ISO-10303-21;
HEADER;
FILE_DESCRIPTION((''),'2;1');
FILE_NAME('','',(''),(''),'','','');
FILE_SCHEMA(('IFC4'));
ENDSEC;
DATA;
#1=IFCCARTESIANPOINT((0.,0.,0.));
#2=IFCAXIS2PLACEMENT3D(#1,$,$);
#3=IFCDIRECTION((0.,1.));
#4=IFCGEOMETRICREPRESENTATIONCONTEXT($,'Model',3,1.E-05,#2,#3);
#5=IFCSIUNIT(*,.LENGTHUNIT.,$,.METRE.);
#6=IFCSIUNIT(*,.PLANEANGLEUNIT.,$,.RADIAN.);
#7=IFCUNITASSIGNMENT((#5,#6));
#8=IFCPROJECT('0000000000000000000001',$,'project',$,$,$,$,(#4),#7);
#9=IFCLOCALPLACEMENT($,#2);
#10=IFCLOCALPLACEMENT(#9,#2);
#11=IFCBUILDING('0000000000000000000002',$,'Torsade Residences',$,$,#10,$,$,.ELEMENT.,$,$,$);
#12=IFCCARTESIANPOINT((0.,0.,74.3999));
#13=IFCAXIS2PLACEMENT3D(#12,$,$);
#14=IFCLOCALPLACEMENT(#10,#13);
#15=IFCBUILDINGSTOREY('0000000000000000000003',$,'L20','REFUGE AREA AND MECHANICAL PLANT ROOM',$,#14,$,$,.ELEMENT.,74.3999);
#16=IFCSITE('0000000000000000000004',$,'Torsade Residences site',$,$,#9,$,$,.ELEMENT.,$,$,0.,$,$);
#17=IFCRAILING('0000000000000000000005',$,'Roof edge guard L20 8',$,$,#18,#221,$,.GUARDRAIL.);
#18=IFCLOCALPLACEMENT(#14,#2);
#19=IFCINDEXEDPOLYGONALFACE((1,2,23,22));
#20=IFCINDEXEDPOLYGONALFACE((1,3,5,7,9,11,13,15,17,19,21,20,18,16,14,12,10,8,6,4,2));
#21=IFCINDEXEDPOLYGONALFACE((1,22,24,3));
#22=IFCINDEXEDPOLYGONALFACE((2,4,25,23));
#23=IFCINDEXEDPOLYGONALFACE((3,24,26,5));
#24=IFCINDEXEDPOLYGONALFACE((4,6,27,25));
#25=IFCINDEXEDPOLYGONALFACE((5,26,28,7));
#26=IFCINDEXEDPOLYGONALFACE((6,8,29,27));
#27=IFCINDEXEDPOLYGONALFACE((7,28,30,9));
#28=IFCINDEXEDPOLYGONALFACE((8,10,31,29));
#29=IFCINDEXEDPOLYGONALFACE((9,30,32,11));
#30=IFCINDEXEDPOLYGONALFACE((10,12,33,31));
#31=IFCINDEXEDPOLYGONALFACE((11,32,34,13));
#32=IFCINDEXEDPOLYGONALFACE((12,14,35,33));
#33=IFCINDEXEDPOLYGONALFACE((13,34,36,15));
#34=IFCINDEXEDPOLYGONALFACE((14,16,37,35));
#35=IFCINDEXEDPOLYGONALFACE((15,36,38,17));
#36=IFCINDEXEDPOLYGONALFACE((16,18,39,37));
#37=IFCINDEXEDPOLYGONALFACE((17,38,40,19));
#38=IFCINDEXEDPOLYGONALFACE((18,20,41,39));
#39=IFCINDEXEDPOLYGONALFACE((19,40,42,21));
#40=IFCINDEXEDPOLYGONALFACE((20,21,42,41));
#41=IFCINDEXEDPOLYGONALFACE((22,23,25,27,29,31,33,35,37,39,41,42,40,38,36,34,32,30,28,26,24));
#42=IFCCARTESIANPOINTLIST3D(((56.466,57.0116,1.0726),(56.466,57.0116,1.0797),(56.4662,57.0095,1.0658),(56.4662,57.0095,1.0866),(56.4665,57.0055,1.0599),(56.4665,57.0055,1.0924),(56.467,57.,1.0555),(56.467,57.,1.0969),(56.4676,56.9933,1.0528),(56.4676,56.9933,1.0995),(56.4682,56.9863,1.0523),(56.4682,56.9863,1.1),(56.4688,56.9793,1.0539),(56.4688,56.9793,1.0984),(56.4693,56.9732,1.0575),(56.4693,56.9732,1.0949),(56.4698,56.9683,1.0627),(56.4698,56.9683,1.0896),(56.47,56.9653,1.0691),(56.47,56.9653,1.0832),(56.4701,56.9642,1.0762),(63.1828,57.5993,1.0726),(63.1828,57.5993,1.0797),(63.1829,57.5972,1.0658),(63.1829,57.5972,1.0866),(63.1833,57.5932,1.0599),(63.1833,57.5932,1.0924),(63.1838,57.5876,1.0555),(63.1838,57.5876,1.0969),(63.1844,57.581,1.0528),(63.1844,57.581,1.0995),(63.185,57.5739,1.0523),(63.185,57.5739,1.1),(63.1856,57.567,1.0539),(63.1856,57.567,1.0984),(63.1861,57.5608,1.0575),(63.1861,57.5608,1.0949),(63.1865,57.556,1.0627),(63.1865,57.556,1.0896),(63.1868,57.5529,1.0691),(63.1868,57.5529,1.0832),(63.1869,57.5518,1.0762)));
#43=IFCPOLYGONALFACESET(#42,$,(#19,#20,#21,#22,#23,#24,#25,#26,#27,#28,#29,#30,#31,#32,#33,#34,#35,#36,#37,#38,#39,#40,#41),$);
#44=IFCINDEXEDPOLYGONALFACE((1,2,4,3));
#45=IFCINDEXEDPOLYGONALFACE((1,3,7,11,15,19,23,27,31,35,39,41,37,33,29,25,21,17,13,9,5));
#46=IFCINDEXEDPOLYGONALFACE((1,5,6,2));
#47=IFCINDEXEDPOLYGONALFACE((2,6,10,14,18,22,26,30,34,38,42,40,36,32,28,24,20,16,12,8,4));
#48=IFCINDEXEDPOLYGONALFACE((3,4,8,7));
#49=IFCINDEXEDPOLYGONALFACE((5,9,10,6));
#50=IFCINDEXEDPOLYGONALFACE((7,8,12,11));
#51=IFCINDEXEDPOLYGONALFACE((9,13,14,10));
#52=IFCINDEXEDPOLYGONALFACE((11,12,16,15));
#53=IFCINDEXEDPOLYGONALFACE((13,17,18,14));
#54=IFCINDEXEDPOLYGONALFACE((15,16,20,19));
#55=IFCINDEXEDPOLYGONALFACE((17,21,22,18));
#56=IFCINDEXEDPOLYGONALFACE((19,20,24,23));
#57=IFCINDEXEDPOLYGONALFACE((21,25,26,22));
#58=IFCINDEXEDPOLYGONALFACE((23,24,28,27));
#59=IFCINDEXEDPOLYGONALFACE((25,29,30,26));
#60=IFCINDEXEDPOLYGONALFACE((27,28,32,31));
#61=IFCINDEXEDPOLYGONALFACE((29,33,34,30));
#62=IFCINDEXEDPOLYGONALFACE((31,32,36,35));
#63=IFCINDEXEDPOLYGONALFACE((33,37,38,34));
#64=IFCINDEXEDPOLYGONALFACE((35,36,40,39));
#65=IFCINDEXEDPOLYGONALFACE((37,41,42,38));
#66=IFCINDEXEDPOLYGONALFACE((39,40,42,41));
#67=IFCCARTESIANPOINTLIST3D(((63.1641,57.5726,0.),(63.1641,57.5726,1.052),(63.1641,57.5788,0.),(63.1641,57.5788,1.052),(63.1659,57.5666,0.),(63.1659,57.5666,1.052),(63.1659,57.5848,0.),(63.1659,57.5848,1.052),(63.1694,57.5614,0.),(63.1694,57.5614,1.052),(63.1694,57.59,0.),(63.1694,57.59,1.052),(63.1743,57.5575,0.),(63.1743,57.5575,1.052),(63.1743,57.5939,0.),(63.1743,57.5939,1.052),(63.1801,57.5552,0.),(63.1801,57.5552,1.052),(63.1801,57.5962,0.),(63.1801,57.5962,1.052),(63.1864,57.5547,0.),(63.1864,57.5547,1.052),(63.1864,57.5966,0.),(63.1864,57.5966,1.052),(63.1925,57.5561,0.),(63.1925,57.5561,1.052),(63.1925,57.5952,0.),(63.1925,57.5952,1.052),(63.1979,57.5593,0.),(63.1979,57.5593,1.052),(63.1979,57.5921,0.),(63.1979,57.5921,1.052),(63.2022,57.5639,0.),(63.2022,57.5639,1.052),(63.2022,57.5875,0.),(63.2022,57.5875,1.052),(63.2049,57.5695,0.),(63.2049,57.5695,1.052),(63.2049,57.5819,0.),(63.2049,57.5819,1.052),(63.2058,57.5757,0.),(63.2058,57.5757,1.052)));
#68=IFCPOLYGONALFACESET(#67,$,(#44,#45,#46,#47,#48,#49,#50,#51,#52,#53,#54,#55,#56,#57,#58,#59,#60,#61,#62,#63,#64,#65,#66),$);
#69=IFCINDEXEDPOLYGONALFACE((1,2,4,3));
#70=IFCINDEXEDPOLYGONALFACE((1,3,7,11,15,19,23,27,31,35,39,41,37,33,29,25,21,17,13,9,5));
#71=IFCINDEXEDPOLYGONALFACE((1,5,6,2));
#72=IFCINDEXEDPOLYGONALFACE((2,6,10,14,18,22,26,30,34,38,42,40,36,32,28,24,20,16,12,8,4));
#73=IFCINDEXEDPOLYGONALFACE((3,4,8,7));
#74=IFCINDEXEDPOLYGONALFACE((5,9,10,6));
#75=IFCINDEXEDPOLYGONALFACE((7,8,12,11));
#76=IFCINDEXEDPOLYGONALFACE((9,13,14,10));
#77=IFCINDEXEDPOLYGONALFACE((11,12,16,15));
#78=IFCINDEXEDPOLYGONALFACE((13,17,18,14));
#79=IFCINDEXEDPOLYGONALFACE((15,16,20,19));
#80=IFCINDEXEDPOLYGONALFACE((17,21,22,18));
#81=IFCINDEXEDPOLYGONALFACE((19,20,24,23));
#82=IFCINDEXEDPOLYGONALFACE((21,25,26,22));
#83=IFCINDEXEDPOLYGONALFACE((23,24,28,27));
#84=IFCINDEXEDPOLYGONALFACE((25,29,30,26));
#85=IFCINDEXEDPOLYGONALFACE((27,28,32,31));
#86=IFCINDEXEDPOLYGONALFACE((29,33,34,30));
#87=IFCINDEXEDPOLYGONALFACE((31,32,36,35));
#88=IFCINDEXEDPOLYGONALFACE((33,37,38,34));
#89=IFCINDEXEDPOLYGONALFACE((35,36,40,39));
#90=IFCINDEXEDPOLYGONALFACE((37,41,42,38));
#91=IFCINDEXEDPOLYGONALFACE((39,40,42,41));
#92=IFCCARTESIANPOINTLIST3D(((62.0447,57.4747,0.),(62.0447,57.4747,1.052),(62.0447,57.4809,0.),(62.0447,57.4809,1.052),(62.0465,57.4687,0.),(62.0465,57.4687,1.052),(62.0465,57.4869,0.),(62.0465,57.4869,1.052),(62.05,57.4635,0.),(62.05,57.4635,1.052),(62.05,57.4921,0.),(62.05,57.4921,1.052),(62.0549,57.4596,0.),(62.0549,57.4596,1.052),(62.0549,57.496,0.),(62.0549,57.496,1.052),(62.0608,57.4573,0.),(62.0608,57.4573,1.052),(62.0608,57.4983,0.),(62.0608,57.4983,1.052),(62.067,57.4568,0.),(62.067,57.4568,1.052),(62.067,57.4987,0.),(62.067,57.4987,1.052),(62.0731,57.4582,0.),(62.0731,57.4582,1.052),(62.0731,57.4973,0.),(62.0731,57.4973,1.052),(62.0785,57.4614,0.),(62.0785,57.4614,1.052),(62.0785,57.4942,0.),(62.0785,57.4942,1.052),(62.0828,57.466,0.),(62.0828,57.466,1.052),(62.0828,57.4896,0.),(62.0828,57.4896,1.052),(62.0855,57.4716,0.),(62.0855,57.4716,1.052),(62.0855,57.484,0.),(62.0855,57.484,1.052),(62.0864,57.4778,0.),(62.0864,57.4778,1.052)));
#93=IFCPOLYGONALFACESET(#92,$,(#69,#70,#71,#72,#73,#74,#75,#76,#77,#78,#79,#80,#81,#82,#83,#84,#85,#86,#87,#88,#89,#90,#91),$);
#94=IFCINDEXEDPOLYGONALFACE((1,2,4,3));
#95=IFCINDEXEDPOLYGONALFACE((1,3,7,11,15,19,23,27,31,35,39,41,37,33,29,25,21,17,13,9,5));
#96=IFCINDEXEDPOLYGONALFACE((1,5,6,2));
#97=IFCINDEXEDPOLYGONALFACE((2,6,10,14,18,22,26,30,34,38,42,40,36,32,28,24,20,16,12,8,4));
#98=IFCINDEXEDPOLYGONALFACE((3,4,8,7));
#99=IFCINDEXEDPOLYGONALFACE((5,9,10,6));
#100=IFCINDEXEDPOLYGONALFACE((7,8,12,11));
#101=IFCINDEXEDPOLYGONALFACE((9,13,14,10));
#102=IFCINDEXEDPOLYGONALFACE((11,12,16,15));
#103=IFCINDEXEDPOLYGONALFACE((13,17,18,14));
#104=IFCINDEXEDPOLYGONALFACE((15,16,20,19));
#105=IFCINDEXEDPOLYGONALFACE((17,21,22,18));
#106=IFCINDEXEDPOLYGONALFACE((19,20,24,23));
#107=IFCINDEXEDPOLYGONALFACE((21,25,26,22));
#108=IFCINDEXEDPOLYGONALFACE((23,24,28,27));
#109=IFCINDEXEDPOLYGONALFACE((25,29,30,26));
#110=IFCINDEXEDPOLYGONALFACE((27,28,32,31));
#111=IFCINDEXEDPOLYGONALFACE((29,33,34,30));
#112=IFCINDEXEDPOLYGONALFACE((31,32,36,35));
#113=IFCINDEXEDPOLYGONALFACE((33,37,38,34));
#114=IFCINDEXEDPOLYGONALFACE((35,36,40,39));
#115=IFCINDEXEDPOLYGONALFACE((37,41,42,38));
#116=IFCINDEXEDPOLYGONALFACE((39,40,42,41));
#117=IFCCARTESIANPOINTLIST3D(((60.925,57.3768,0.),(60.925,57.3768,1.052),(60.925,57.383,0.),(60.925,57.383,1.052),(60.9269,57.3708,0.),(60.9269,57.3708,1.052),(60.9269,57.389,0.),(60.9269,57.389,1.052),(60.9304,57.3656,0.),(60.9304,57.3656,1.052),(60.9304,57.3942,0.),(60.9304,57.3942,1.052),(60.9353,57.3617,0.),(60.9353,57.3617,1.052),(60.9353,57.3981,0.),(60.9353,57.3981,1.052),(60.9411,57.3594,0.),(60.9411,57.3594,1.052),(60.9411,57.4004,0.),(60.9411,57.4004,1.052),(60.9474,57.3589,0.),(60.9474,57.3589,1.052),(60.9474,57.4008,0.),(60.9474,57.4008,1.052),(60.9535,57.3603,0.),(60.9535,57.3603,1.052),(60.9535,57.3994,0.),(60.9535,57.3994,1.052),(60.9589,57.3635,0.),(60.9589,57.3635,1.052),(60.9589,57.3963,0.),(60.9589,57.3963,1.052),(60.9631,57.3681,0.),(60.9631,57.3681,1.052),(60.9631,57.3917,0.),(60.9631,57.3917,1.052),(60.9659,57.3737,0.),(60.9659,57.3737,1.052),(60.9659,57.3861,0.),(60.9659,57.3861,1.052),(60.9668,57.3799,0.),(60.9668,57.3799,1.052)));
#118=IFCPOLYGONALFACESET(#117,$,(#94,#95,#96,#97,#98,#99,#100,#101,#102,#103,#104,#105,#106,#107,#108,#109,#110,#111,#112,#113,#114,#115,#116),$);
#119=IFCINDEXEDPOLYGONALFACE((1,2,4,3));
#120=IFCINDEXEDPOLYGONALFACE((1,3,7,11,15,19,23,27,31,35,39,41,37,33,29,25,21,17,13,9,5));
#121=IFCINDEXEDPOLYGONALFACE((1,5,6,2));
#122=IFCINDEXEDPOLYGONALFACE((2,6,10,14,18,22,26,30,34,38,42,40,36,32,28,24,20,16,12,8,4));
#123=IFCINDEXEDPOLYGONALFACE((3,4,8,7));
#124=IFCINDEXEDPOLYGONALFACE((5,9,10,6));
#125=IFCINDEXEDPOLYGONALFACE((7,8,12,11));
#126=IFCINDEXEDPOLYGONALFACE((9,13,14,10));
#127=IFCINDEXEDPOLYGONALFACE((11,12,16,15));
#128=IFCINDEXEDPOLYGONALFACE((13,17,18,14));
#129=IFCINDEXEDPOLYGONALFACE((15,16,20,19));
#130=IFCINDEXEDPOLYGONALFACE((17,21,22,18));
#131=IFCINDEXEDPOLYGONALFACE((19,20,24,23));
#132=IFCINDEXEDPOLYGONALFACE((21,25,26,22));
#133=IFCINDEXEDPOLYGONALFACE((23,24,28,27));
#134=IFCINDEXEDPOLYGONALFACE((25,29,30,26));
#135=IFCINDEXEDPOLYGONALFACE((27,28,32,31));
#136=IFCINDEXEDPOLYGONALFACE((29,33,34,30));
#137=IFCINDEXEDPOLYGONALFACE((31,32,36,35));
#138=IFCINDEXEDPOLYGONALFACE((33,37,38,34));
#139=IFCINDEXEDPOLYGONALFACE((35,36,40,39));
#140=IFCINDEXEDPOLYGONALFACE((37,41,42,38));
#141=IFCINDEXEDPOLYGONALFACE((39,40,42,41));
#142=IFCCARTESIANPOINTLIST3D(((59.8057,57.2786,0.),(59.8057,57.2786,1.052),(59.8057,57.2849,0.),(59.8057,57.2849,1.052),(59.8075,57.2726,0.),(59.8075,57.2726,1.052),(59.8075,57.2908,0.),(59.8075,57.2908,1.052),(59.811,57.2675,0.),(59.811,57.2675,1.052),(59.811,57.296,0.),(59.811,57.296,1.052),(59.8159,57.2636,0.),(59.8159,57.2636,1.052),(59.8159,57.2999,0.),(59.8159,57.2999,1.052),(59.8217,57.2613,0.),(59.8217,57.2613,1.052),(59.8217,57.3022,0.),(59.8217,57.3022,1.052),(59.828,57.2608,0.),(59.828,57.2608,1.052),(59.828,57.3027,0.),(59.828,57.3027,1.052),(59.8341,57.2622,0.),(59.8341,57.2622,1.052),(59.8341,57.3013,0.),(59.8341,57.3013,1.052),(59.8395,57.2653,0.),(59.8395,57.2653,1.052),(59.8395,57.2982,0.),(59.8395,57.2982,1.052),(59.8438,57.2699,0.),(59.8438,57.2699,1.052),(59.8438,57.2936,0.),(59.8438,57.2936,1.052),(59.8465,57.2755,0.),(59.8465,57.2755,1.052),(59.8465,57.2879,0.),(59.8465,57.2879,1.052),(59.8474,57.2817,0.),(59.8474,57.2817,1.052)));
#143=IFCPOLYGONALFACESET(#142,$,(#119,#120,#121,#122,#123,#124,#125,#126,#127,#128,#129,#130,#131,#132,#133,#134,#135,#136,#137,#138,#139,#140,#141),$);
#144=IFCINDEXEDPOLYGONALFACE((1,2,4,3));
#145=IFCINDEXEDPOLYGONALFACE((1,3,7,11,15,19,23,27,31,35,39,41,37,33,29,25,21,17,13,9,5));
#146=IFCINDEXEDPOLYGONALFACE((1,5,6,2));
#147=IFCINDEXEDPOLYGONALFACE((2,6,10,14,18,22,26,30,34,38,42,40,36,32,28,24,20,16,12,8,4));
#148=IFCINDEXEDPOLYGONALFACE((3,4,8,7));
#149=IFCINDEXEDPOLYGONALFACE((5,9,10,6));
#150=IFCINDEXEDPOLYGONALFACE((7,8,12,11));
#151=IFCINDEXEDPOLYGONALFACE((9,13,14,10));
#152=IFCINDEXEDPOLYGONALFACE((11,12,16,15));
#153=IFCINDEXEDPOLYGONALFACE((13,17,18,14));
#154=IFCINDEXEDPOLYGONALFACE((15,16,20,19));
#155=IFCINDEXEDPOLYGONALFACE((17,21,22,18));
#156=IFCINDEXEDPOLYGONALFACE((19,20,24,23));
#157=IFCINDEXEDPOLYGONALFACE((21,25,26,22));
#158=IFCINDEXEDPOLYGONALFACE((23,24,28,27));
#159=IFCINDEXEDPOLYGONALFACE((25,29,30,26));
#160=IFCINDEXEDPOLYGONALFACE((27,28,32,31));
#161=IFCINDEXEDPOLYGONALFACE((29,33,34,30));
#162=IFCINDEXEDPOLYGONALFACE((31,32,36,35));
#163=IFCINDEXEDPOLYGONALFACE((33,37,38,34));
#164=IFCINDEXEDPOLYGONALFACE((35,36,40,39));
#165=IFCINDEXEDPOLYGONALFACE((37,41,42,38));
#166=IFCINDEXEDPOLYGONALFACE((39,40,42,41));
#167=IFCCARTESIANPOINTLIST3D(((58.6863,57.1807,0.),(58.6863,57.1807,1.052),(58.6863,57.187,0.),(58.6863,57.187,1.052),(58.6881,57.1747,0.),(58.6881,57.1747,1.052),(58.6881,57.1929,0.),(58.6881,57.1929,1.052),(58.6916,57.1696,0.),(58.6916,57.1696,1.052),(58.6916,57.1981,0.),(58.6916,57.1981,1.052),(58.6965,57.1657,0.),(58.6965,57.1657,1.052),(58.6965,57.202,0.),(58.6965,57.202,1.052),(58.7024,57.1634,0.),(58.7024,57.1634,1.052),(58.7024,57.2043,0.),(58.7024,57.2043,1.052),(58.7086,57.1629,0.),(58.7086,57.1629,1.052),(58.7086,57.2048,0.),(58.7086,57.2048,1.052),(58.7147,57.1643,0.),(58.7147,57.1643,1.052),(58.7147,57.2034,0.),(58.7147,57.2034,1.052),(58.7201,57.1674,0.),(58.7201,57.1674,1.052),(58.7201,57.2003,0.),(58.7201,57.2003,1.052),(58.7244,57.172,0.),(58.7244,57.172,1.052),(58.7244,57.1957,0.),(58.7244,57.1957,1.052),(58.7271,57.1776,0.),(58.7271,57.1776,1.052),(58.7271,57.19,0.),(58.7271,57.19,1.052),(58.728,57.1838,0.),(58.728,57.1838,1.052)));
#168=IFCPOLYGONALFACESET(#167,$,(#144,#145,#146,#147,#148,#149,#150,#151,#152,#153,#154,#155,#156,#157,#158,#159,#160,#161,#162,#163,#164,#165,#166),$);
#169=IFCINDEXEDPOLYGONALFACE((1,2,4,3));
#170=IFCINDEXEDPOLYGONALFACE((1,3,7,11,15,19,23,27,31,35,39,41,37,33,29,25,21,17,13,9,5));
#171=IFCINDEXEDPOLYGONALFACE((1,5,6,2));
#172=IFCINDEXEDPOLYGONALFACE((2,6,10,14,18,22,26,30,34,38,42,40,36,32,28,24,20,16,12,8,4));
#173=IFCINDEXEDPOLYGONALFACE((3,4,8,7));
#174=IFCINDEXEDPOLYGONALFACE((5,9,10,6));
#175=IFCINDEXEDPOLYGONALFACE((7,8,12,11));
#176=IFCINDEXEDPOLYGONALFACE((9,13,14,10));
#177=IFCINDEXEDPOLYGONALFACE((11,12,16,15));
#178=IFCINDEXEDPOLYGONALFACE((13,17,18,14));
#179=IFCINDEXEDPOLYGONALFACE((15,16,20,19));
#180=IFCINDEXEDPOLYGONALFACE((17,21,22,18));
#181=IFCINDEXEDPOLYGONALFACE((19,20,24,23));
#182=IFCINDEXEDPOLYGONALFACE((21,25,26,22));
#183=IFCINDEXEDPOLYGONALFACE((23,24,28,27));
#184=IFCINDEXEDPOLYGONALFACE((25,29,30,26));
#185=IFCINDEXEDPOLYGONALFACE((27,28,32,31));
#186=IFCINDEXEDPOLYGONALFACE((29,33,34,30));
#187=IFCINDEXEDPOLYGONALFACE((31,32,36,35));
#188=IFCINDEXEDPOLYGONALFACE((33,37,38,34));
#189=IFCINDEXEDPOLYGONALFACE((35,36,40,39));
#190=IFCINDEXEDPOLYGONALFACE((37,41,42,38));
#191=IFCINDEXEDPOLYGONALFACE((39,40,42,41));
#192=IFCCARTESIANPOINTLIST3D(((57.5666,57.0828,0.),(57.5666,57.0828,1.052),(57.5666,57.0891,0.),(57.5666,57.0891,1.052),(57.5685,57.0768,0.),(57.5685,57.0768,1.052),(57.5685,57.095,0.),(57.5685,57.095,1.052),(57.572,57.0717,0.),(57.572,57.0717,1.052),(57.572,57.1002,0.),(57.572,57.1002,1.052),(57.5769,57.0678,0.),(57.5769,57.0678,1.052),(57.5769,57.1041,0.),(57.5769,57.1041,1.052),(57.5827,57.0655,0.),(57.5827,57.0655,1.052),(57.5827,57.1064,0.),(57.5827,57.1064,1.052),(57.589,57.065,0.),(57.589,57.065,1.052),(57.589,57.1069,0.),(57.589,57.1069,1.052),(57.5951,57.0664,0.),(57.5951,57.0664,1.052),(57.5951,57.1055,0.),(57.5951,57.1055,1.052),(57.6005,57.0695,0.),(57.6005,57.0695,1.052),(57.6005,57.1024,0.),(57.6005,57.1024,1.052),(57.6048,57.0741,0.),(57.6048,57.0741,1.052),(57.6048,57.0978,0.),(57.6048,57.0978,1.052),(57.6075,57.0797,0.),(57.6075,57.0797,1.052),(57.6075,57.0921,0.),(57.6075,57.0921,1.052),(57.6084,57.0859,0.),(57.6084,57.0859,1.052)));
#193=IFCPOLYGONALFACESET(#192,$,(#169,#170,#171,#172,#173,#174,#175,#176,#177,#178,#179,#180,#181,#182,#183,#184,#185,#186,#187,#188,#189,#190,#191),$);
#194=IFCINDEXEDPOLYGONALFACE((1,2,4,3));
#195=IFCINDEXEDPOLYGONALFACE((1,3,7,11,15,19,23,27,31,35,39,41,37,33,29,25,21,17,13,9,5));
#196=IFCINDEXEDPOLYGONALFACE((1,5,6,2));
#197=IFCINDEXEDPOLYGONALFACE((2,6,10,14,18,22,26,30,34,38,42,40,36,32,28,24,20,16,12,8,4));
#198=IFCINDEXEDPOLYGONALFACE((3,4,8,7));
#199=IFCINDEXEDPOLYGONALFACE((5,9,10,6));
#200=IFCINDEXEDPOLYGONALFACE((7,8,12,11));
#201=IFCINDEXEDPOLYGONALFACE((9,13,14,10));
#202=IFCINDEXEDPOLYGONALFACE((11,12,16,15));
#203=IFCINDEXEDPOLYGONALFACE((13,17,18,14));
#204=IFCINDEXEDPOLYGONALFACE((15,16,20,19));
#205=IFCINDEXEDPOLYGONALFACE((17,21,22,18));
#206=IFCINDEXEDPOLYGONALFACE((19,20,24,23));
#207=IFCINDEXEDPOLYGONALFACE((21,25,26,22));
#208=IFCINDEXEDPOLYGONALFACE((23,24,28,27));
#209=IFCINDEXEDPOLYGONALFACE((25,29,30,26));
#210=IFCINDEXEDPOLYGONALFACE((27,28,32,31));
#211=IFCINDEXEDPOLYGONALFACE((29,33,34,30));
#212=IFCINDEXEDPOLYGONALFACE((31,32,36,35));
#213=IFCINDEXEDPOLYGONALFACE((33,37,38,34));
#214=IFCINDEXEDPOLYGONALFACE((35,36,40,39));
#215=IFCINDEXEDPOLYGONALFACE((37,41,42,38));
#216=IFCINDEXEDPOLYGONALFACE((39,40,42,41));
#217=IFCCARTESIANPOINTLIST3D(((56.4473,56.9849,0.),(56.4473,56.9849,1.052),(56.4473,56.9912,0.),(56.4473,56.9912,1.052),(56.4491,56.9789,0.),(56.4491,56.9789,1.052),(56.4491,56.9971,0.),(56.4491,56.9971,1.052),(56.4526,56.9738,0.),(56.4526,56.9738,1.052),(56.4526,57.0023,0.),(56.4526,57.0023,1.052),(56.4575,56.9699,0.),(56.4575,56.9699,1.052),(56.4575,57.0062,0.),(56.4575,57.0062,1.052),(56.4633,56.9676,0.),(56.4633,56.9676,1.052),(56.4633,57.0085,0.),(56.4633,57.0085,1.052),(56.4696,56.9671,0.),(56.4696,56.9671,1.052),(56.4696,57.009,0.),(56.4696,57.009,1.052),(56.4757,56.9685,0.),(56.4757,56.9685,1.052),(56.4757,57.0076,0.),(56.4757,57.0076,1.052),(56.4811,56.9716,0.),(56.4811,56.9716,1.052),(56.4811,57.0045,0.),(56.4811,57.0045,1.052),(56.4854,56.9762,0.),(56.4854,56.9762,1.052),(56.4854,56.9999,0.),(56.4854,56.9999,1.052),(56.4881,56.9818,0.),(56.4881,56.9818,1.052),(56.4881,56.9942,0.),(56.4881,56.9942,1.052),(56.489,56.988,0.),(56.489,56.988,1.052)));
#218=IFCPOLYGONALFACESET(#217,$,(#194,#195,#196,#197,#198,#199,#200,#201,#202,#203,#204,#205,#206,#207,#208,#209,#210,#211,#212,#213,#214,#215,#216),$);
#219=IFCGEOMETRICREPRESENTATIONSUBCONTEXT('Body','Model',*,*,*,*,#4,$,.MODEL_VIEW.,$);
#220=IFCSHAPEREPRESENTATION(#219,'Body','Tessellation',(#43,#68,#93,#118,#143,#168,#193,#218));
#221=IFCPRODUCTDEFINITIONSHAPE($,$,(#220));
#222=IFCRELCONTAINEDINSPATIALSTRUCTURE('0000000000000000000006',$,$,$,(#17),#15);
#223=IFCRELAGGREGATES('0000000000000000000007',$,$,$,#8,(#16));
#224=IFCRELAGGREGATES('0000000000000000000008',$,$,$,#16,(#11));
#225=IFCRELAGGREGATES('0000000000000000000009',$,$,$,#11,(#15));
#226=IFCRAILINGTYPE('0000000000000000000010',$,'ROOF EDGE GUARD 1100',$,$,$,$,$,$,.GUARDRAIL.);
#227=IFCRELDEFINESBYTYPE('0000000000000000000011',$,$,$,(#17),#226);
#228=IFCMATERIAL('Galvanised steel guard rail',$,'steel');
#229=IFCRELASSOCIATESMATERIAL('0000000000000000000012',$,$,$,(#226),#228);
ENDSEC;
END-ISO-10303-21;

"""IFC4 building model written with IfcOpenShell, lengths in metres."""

from ifc_helpers import new_model, si_unit, direction, frame, origin, origin_2d, place, context, subcontext, project, spatial, circle, extrude, material, type_object, element, save


model = new_model("IFC4")

# Units and contexts
model_context = context("Model", 3, precision=1e-05, world=origin(), true_north=direction((0.0, 1.0)))
body_context = subcontext(model_context, "Body", "Model", "MODEL_VIEW")
ifc_project = project(units=[si_unit("LENGTHUNIT", "METRE"), si_unit("PLANEANGLEUNIT", "RADIAN")], contexts=[model_context])

# Site, building, storey
site_placement = place(None, origin())
site = spatial("IfcSite", under=ifc_project, at=site_placement, Name="Torsade Residences site", CompositionType="ELEMENT", RefElevation=0.0)
building_placement = place(site_placement, origin())
building = spatial("IfcBuilding", under=site, at=building_placement, Name="Torsade Residences", CompositionType="ELEMENT")
storey_placement = place(building_placement, frame((0.0, 0.0, 74.3999)))
storey = spatial("IfcBuildingStorey", under=building, at=storey_placement, Name="L20", Description="REFUGE AREA AND MECHANICAL PLANT ROOM", CompositionType="ELEMENT", Elevation=74.3999)

# Railing
ifc_material_1 = material(Name="Galvanised steel guard rail", Category="steel")
railing_type = type_object("IfcRailingType", Name="ROOF EDGE GUARD 1100", PredefinedType="GUARDRAIL", material=ifc_material_1)
railing_1_placement = place(storey_placement, frame((63.1848, 57.5757, 0.0)))
element("IfcRailing", 1, at=railing_1_placement, inside=storey, type_object=railing_type, Name="Roof edge guard L20 8", PredefinedType="GUARDRAIL", context=body_context, shape_type="SweptSolid", body=[
    extrude(circle(Radius=0.0239, at=origin_2d()), frame((0.0, 0.0, 1.0762), z_axis=(-0.996195, -0.087156, 0.0), x_axis=(0.087156, -0.996195, 0.0)), (0.0, 0.0, 1.0), 6.7424),
    extrude(circle(Radius=0.021, at=origin_2d()), origin(), (0.0, 0.0, 1.0), 1.052),
    extrude(circle(Radius=0.021, at=origin_2d()), frame((-1.1194, -0.0979, 0.0)), (0.0, 0.0, 1.0), 1.052),
    extrude(circle(Radius=0.021, at=origin_2d()), frame((-2.239, -0.1958, 0.0)), (0.0, 0.0, 1.0), 1.052),
    extrude(circle(Radius=0.021, at=origin_2d()), frame((-3.3584, -0.2939, 0.0)), (0.0, 0.0, 1.0), 1.052),
    extrude(circle(Radius=0.021, at=origin_2d()), frame((-4.4778, -0.3918, 0.0)), (0.0, 0.0, 1.0), 1.052),
    extrude(circle(Radius=0.021, at=origin_2d()), frame((-5.5974, -0.4897, 0.0)), (0.0, 0.0, 1.0), 1.052),
    extrude(circle(Radius=0.021, at=origin_2d()), frame((-6.7168, -0.5876, 0.0)), (0.0, 0.0, 1.0), 1.052),
])

save(model, "model.ifc")
